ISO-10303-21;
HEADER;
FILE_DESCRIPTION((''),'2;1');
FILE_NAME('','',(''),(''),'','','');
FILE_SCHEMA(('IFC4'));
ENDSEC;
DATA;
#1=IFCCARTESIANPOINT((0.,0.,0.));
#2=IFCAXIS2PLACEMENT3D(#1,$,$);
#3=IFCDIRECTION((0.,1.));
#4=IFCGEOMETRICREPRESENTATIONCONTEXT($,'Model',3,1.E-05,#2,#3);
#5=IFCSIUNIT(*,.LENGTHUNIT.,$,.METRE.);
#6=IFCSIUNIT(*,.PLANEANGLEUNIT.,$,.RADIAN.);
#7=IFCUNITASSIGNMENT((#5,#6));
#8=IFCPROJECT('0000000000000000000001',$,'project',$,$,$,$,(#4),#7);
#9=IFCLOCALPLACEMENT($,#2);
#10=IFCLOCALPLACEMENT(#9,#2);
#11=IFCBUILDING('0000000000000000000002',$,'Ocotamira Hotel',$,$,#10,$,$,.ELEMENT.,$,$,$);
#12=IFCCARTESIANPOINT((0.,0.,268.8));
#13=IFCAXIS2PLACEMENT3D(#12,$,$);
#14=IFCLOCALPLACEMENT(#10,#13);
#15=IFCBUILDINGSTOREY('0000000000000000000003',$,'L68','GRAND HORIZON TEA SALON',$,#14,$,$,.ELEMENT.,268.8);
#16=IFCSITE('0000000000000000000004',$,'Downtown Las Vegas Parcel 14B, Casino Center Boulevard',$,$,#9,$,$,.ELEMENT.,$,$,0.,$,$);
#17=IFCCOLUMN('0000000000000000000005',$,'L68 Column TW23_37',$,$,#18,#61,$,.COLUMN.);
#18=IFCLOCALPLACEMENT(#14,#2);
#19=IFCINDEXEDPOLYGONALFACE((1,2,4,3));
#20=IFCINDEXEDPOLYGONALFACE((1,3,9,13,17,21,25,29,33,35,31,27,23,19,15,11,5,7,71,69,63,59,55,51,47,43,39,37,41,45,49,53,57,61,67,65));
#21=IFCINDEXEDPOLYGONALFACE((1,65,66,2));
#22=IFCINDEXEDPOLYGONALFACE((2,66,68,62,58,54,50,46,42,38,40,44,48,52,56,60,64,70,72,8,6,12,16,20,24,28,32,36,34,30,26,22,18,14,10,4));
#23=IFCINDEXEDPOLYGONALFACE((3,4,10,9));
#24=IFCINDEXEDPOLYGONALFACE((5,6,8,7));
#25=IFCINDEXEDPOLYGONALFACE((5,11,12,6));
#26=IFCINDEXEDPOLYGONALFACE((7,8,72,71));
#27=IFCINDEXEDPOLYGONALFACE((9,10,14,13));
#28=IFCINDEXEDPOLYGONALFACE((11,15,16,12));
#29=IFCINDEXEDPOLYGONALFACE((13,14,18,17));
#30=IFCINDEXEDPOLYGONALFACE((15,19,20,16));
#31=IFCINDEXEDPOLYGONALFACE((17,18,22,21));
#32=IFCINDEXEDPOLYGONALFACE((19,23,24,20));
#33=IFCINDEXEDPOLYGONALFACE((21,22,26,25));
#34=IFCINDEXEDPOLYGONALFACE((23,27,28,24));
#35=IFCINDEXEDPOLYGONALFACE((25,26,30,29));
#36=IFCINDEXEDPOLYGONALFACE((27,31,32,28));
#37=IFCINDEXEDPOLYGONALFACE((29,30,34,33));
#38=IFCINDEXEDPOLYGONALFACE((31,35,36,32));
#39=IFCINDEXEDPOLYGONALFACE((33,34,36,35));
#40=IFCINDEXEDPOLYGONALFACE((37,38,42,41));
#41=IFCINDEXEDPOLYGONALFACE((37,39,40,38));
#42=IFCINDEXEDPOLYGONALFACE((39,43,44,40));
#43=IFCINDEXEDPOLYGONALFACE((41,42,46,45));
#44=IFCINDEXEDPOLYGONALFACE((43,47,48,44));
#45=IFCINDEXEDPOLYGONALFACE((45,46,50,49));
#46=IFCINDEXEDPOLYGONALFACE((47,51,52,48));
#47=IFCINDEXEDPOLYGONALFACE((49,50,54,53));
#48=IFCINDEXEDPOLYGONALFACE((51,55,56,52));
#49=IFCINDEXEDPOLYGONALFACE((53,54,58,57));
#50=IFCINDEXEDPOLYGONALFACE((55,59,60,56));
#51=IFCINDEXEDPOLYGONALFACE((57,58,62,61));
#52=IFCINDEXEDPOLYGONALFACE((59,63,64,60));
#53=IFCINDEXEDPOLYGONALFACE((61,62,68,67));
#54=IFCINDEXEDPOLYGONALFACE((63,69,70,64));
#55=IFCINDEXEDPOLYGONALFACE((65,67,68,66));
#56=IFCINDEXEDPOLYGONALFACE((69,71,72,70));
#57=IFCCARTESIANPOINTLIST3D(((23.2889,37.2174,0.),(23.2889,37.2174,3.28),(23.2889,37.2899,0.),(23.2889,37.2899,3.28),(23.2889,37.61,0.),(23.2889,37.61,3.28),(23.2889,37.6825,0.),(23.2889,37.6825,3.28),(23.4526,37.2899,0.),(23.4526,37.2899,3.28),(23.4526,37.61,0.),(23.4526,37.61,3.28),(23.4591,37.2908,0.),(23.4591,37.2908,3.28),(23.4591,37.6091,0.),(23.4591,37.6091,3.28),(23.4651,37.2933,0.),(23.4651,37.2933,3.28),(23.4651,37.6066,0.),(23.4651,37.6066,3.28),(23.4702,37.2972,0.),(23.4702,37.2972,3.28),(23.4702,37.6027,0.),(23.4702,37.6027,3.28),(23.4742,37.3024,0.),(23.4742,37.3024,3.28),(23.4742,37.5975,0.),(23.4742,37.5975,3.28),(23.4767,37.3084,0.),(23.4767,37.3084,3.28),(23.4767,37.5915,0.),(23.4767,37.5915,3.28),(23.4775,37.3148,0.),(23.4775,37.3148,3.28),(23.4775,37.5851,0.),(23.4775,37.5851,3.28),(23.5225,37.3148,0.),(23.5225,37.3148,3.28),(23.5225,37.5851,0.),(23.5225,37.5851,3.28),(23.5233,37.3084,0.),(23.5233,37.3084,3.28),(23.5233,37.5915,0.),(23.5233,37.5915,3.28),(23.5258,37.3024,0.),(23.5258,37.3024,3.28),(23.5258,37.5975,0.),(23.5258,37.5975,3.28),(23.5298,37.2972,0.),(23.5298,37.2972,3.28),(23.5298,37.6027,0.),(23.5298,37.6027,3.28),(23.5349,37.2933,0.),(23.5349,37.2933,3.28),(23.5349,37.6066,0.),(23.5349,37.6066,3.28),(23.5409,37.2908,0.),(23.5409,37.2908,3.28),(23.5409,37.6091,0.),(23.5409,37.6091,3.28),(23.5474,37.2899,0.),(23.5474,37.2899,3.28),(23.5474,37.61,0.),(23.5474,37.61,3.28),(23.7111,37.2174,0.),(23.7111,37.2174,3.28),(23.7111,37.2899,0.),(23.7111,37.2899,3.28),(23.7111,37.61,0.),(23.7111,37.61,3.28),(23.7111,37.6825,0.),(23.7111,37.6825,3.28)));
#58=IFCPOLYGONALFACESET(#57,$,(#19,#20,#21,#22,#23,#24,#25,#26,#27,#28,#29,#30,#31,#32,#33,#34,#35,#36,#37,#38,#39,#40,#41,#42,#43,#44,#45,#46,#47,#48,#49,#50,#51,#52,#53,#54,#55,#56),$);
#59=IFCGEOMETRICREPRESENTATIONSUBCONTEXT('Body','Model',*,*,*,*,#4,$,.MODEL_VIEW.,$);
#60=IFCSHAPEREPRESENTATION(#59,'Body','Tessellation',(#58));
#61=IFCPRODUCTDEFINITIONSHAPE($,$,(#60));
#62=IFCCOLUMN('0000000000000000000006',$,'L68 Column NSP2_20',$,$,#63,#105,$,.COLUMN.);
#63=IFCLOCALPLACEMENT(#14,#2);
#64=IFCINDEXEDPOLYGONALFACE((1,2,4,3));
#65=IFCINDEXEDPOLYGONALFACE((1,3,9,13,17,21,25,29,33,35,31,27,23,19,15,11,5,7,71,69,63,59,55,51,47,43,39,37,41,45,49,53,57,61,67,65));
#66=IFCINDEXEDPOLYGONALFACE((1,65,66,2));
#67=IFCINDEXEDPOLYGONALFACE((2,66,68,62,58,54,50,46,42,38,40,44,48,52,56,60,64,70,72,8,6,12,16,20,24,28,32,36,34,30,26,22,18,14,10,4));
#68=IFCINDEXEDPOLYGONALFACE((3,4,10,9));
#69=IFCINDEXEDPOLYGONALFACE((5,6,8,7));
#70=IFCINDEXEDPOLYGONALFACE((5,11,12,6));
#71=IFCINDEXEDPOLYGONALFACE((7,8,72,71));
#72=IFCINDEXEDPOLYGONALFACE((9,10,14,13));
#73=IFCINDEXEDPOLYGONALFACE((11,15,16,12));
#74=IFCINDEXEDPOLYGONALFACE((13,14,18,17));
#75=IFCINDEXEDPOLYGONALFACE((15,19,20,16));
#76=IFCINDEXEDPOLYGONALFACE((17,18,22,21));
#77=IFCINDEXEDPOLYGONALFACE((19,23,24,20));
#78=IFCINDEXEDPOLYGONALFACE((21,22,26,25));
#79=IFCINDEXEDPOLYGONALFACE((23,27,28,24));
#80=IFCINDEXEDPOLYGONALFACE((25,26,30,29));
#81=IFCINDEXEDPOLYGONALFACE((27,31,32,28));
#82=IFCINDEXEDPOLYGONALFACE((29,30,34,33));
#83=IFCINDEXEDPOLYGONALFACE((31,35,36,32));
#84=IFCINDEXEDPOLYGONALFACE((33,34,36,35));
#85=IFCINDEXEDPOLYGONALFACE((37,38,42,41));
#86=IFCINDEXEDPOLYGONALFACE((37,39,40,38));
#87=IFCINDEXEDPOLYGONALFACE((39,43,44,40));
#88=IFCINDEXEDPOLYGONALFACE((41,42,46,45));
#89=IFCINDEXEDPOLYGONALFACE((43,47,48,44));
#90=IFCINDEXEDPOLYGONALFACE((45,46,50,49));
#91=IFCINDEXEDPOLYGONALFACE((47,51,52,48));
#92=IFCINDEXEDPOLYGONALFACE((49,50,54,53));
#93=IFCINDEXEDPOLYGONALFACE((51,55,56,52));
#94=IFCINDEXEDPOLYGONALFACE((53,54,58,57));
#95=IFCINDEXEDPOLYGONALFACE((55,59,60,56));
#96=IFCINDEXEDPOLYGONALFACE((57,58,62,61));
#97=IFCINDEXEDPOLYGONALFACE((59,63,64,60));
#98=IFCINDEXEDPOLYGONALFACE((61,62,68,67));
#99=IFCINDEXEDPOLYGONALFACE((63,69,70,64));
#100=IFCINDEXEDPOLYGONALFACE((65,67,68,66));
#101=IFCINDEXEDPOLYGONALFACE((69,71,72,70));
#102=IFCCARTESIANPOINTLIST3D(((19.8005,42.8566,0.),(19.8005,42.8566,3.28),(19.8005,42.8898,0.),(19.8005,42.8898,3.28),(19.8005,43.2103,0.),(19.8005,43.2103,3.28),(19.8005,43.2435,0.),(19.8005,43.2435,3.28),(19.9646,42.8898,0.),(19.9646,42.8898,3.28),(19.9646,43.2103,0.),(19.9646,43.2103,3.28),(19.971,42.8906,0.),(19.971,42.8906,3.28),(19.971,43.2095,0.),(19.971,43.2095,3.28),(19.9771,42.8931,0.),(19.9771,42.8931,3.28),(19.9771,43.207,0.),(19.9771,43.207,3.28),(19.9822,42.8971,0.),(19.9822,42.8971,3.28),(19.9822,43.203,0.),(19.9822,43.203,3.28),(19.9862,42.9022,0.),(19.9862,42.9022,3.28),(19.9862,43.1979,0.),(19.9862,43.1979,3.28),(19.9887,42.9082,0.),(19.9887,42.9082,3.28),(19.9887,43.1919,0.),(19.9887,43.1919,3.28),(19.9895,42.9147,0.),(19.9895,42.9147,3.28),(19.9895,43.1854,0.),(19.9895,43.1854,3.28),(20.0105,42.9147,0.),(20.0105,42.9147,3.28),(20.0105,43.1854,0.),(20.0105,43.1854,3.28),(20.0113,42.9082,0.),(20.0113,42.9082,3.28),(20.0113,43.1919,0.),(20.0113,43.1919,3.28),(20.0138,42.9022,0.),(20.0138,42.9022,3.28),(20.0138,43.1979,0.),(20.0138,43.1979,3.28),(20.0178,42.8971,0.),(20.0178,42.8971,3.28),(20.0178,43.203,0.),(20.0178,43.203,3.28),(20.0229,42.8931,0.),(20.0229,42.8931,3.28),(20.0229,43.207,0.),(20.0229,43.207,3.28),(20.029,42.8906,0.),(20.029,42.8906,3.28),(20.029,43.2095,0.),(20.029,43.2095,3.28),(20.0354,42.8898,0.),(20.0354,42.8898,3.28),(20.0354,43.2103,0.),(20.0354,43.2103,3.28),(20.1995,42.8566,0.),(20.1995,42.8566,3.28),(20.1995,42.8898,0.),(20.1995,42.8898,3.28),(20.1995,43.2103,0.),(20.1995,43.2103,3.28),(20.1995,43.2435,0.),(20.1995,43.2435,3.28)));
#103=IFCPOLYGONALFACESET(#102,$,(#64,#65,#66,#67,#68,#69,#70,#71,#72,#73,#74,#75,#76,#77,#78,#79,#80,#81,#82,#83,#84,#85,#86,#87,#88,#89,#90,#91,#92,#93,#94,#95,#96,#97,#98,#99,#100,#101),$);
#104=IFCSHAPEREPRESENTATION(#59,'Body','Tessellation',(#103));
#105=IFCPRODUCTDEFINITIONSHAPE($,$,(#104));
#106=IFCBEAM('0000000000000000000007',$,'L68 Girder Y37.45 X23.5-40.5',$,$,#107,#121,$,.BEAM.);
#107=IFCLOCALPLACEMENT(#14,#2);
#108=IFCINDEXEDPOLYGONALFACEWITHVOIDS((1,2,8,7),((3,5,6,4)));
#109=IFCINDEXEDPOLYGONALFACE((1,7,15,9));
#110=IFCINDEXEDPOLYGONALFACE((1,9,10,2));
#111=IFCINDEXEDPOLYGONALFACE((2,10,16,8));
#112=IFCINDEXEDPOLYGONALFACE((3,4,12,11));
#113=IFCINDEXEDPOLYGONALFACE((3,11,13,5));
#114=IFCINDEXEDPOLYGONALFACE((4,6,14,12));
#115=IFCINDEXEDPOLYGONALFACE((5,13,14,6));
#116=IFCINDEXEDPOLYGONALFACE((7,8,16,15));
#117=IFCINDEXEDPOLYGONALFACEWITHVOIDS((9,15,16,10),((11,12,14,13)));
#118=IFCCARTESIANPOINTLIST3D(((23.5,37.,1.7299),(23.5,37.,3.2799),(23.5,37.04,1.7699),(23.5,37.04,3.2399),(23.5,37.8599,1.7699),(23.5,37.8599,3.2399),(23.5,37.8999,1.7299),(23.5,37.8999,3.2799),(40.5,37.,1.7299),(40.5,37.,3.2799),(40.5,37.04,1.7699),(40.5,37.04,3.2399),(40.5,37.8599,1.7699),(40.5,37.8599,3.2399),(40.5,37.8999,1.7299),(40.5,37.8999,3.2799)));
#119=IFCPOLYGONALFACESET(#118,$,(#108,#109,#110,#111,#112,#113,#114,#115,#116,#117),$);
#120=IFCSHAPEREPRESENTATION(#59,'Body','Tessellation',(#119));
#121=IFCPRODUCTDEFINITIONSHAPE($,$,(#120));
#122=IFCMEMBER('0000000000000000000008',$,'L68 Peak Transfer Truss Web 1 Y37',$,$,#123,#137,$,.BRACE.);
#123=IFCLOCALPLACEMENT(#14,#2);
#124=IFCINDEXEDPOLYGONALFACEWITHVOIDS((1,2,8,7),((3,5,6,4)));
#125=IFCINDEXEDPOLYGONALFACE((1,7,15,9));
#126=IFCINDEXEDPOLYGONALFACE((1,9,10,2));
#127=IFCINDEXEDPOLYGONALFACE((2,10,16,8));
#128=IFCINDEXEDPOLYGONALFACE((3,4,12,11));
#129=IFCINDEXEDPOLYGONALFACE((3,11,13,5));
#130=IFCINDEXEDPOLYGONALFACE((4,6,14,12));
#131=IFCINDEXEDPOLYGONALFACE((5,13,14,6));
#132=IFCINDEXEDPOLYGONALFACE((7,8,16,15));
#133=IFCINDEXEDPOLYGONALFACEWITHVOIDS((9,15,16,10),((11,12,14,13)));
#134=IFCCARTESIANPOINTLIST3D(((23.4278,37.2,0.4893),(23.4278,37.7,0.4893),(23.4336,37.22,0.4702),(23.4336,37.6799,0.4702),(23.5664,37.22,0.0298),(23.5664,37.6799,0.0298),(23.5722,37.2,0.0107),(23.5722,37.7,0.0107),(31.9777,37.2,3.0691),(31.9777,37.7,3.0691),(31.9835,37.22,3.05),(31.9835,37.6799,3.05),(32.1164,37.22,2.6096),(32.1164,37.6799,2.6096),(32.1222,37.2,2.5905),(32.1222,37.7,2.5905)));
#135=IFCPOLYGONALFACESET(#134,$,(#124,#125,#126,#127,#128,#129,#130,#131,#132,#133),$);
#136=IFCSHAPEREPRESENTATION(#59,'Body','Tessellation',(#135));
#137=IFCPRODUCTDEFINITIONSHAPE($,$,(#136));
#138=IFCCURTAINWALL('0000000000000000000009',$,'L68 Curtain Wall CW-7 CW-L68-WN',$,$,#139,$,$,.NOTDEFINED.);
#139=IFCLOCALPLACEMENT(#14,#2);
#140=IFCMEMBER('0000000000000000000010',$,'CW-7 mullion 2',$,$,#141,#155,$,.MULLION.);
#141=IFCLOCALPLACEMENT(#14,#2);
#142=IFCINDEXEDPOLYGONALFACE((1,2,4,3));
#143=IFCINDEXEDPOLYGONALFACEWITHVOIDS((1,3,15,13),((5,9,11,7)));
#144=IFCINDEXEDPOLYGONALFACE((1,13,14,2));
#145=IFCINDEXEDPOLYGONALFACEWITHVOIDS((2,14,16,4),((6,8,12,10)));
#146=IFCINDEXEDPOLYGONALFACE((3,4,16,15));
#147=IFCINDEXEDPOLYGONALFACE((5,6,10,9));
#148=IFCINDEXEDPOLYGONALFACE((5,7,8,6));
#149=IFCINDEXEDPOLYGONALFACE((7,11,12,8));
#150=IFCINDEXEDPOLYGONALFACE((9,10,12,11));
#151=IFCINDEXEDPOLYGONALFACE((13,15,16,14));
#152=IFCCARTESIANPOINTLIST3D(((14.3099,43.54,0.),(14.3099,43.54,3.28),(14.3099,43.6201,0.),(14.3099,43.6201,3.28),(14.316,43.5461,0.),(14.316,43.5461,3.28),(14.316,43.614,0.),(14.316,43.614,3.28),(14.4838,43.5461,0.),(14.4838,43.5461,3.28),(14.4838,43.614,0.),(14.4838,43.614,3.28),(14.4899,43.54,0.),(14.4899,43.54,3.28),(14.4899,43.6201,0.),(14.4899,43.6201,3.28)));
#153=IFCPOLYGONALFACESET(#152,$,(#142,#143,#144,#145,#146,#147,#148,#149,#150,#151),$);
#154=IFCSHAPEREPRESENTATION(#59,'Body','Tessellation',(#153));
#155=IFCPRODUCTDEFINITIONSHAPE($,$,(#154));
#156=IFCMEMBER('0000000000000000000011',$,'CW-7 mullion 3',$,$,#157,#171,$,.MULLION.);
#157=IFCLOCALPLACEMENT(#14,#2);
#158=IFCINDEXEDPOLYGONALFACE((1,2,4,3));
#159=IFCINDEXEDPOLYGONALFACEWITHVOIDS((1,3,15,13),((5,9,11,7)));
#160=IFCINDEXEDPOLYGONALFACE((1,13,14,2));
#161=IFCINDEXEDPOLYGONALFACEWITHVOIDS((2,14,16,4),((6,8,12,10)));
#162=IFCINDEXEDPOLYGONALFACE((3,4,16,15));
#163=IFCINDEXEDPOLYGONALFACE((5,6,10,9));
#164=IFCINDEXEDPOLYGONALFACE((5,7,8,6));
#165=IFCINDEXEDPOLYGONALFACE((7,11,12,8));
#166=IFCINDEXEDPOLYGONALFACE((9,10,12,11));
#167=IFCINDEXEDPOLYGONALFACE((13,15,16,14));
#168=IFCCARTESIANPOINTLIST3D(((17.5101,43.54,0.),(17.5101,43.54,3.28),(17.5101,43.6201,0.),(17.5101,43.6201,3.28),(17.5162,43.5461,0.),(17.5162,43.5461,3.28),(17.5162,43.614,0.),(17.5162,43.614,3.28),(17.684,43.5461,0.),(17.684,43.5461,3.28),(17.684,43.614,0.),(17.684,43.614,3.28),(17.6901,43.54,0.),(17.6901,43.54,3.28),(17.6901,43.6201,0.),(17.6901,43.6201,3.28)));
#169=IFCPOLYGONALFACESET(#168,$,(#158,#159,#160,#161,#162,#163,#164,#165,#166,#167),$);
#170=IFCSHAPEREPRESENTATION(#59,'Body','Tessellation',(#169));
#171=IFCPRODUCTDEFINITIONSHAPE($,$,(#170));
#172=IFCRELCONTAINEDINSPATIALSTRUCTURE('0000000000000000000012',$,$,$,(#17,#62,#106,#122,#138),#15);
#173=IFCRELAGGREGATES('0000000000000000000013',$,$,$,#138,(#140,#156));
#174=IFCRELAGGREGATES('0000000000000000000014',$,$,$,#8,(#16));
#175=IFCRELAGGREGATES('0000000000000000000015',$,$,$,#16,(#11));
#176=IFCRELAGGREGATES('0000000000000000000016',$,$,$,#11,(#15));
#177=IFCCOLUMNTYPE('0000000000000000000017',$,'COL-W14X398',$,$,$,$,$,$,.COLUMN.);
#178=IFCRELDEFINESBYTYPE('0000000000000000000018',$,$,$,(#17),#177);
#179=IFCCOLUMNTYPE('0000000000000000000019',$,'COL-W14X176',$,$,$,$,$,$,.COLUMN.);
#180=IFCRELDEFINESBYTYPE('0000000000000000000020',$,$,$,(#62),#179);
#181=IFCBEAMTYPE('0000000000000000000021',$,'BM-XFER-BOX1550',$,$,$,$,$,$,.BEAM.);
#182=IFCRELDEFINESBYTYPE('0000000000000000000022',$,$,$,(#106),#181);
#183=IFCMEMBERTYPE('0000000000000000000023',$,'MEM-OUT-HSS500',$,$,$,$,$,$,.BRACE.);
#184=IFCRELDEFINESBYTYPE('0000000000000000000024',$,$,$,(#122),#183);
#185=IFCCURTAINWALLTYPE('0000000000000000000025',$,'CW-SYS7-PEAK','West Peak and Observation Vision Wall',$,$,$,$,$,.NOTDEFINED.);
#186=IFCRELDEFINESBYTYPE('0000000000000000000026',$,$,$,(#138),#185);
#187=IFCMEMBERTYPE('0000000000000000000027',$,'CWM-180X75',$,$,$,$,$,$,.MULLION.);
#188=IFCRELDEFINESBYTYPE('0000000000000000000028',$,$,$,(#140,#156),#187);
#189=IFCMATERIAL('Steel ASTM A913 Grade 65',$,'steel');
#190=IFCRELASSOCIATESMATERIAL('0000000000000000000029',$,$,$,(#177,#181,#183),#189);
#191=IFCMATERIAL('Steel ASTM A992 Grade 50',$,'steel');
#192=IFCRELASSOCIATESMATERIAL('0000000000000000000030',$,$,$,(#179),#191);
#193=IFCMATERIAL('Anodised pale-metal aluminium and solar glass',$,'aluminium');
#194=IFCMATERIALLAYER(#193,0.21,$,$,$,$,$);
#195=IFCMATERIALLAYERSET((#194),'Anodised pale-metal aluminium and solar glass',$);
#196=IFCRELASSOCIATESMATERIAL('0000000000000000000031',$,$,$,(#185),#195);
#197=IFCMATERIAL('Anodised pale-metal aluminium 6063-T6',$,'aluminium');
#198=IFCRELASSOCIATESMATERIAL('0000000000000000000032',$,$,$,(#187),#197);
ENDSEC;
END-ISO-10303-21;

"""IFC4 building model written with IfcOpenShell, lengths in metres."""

from ifc_helpers import new_model, si_unit, direction, frame, origin, origin_2d, place, context, subcontext, project, spatial, hollow_rectangle, i_section, extrude, source, transform, mapped, material, layer, layer_set, material_profile, profile_set, type_object, element, aggregate, save


model = new_model("IFC4")

# Units and contexts
model_context = context("Model", 3, precision=1e-05, world=origin(), true_north=direction((0.0, 1.0)))
body_context = subcontext(model_context, "Body", "Model", "MODEL_VIEW")
ifc_project = project(units=[si_unit("LENGTHUNIT", "METRE"), si_unit("PLANEANGLEUNIT", "RADIAN")], contexts=[model_context])

# Site, building, storey
site_placement = place(None, origin())
site = spatial("IfcSite", under=ifc_project, at=site_placement, Name="Downtown Las Vegas Parcel 14B, Casino Center Boulevard", CompositionType="ELEMENT", RefElevation=0.0)
building_placement = place(site_placement, origin())
building = spatial("IfcBuilding", under=site, at=building_placement, Name="Ocotamira Hotel", CompositionType="ELEMENT")
storey_placement = place(building_placement, frame((0.0, 0.0, 268.8)))
storey = spatial("IfcBuildingStorey", under=building, at=storey_placement, Name="L68", Description="GRAND HORIZON TEA SALON", CompositionType="ELEMENT", Elevation=268.8)

# Columns
ifc_material_1 = material(Name="Steel ASTM A913 Grade 65", Category="steel")
ifc_material_profile_1 = material_profile(ifc_material_1, i_section(OverallWidth=0.4221, OverallDepth=0.4651, WebThickness=0.0449, FlangeThickness=0.0725, FilletRadius=0.0249, at=origin_2d()), Name="W14X398")
ifc_profile_set_1 = profile_set([ifc_material_profile_1], Name="Steel ASTM A913 Grade 65")
column_type_1 = type_object("IfcColumnType", Name="COL-W14X398", PredefinedType="COLUMN", material=ifc_profile_set_1)
shared_shape_1 = source(origin(), body_context, "Body", "SweptSolid", [
    extrude(i_section(OverallWidth=0.4221, OverallDepth=0.4651, WebThickness=0.0449, FlangeThickness=0.0725, FilletRadius=0.0249, at=origin_2d()), origin(), (0.0, 0.0, 1.0), 3.28),
])
column_1_placement = place(storey_placement, frame((23.5, 37.45, 0.0), z_axis=(0.0, 0.0, 1.0), x_axis=(1.0, 0.0, 0.0)))
element("IfcColumn", 1, at=column_1_placement, inside=storey, type_object=column_type_1, Name="L68 Column TW23_37", PredefinedType="COLUMN", context=body_context, shape_type="MappedRepresentation", body=[
    mapped(shared_shape_1, transform((0.0, 0.0, 0.0), scale=1.0)),
])
ifc_material_2 = material(Name="Steel ASTM A992 Grade 50", Category="steel")
ifc_material_profile_2 = material_profile(ifc_material_2, i_section(OverallWidth=0.3989, OverallDepth=0.387, WebThickness=0.021, FlangeThickness=0.0332, FilletRadius=0.0249, at=origin_2d()), Name="W14X176")
ifc_profile_set_2 = profile_set([ifc_material_profile_2], Name="Steel ASTM A992 Grade 50")
column_type_2 = type_object("IfcColumnType", Name="COL-W14X176", PredefinedType="COLUMN", material=ifc_profile_set_2)
shared_shape_2 = source(origin(), body_context, "Body", "SweptSolid", [
    extrude(i_section(OverallWidth=0.3989, OverallDepth=0.387, WebThickness=0.021, FlangeThickness=0.0332, FilletRadius=0.0249, at=origin_2d()), origin(), (0.0, 0.0, 1.0), 3.28),
])
column_2_placement = place(storey_placement, frame((20.0, 43.05, 0.0), z_axis=(0.0, 0.0, 1.0), x_axis=(1.0, 0.0, 0.0)))
element("IfcColumn", 2, at=column_2_placement, inside=storey, type_object=column_type_2, Name="L68 Column NSP2_20", PredefinedType="COLUMN", context=body_context, shape_type="MappedRepresentation", body=[
    mapped(shared_shape_2, transform((0.0, 0.0, 0.0), scale=1.0)),
])

# Beam
ifc_material_profile_3 = material_profile(ifc_material_1, hollow_rectangle(XDim=0.8999, YDim=1.55, WallThickness=0.04, at=origin_2d()), Name="BOX900X1550X40")
ifc_profile_set_3 = profile_set([ifc_material_profile_3], Name="Steel ASTM A913 Grade 65")
beam_type = type_object("IfcBeamType", Name="BM-XFER-BOX1550", PredefinedType="BEAM", material=ifc_profile_set_3)
shared_shape_3 = source(origin(), body_context, "Body", "SweptSolid", [
    extrude(hollow_rectangle(XDim=0.8999, YDim=1.55, WallThickness=0.04, at=origin_2d()), origin(), (0.0, 0.0, 1.0), 17.0),
])
beam_placement = place(storey_placement, frame((23.5, 37.45, 2.5049), z_axis=(1.0, 0.0, 0.0), x_axis=(0.0, 1.0, 0.0)))
element("IfcBeam", 3, at=beam_placement, inside=storey, type_object=beam_type, Name="L68 Girder Y37.45 X23.5-40.5", PredefinedType="BEAM", context=body_context, shape_type="MappedRepresentation", body=[
    mapped(shared_shape_3, transform((0.0, 0.0, 0.0), scale=1.0)),
])

# Member
ifc_material_profile_4 = material_profile(ifc_material_1, hollow_rectangle(XDim=0.5, YDim=0.5, WallThickness=0.02, at=origin_2d()), Name="HSS500X500X20")
ifc_profile_set_4 = profile_set([ifc_material_profile_4], Name="Steel ASTM A913 Grade 65")
member_type_1 = type_object("IfcMemberType", Name="MEM-OUT-HSS500", PredefinedType="BRACE", material=ifc_profile_set_4)
shared_shape_4 = source(origin(), body_context, "Body", "SweptSolid", [
    extrude(hollow_rectangle(XDim=0.5, YDim=0.5, WallThickness=0.02, at=origin_2d()), origin(), (0.0, 0.0, 1.0), 8.9307),
])
member_1_placement = place(storey_placement, frame((23.5, 37.45, 0.25), z_axis=(0.957368, 0.0, 0.28887), x_axis=(0.0, 1.0, 0.0)))
element("IfcMember", 4, at=member_1_placement, inside=storey, type_object=member_type_1, Name="L68 Peak Transfer Truss Web 1 Y37", PredefinedType="BRACE", context=body_context, shape_type="MappedRepresentation", body=[
    mapped(shared_shape_4, transform((0.0, 0.0, 0.0), scale=1.0)),
])

# Curtain wall, members
ifc_material_3 = material(Name="Anodised pale-metal aluminium and solar glass", Category="aluminium")
ifc_layer_1 = layer(ifc_material_3, 0.21)
ifc_layer_set_1 = layer_set([ifc_layer_1], Name="Anodised pale-metal aluminium and solar glass")
curtain_wall_type = type_object("IfcCurtainWallType", Name="CW-SYS7-PEAK", Description="West Peak and Observation Vision Wall", PredefinedType="NOTDEFINED", material=ifc_layer_set_1)
curtain_wall_placement = place(storey_placement, origin())
curtain_wall = element("IfcCurtainWall", 5, at=curtain_wall_placement, inside=storey, type_object=curtain_wall_type, Name="L68 Curtain Wall CW-7 CW-L68-WN", PredefinedType="NOTDEFINED")
ifc_material_4 = material(Name="Anodised pale-metal aluminium 6063-T6", Category="aluminium")
ifc_material_profile_5 = material_profile(ifc_material_4, hollow_rectangle(XDim=0.0801, YDim=0.1799, WallThickness=0.0061, at=origin_2d()), Name="HSS180X80X6")
ifc_profile_set_5 = profile_set([ifc_material_profile_5], Name="Anodised pale-metal aluminium 6063-T6")
member_type_2 = type_object("IfcMemberType", Name="CWM-180X75", PredefinedType="MULLION", material=ifc_profile_set_5)
shared_shape_5 = source(origin(), body_context, "Body", "SweptSolid", [
    extrude(hollow_rectangle(XDim=0.0801, YDim=0.1799, WallThickness=0.0061, at=origin_2d()), origin(), (0.0, 0.0, 1.0), 3.28),
])
member_2_placement = place(storey_placement, frame((14.3999, 43.5801, 0.0), z_axis=(0.0, 0.0, 1.0), x_axis=(0.0, 1.0, 0.0)))
member_2 = element("IfcMember", 6, at=member_2_placement, type_object=member_type_2, Name="CW-7 mullion 2", PredefinedType="MULLION", context=body_context, shape_type="MappedRepresentation", body=[
    mapped(shared_shape_5, transform((0.0, 0.0, 0.0), scale=1.0)),
])
member_3_placement = place(storey_placement, frame((17.6001, 43.5801, 0.0), z_axis=(0.0, 0.0, 1.0), x_axis=(0.0, 1.0, 0.0)))
member_3 = element("IfcMember", 7, at=member_3_placement, type_object=member_type_2, Name="CW-7 mullion 3", PredefinedType="MULLION", context=body_context, shape_type="MappedRepresentation", body=[
    mapped(shared_shape_5, transform((0.0, 0.0, 0.0), scale=1.0)),
])

aggregate(curtain_wall, [member_2, member_3])

save(model, "model.ifc")
